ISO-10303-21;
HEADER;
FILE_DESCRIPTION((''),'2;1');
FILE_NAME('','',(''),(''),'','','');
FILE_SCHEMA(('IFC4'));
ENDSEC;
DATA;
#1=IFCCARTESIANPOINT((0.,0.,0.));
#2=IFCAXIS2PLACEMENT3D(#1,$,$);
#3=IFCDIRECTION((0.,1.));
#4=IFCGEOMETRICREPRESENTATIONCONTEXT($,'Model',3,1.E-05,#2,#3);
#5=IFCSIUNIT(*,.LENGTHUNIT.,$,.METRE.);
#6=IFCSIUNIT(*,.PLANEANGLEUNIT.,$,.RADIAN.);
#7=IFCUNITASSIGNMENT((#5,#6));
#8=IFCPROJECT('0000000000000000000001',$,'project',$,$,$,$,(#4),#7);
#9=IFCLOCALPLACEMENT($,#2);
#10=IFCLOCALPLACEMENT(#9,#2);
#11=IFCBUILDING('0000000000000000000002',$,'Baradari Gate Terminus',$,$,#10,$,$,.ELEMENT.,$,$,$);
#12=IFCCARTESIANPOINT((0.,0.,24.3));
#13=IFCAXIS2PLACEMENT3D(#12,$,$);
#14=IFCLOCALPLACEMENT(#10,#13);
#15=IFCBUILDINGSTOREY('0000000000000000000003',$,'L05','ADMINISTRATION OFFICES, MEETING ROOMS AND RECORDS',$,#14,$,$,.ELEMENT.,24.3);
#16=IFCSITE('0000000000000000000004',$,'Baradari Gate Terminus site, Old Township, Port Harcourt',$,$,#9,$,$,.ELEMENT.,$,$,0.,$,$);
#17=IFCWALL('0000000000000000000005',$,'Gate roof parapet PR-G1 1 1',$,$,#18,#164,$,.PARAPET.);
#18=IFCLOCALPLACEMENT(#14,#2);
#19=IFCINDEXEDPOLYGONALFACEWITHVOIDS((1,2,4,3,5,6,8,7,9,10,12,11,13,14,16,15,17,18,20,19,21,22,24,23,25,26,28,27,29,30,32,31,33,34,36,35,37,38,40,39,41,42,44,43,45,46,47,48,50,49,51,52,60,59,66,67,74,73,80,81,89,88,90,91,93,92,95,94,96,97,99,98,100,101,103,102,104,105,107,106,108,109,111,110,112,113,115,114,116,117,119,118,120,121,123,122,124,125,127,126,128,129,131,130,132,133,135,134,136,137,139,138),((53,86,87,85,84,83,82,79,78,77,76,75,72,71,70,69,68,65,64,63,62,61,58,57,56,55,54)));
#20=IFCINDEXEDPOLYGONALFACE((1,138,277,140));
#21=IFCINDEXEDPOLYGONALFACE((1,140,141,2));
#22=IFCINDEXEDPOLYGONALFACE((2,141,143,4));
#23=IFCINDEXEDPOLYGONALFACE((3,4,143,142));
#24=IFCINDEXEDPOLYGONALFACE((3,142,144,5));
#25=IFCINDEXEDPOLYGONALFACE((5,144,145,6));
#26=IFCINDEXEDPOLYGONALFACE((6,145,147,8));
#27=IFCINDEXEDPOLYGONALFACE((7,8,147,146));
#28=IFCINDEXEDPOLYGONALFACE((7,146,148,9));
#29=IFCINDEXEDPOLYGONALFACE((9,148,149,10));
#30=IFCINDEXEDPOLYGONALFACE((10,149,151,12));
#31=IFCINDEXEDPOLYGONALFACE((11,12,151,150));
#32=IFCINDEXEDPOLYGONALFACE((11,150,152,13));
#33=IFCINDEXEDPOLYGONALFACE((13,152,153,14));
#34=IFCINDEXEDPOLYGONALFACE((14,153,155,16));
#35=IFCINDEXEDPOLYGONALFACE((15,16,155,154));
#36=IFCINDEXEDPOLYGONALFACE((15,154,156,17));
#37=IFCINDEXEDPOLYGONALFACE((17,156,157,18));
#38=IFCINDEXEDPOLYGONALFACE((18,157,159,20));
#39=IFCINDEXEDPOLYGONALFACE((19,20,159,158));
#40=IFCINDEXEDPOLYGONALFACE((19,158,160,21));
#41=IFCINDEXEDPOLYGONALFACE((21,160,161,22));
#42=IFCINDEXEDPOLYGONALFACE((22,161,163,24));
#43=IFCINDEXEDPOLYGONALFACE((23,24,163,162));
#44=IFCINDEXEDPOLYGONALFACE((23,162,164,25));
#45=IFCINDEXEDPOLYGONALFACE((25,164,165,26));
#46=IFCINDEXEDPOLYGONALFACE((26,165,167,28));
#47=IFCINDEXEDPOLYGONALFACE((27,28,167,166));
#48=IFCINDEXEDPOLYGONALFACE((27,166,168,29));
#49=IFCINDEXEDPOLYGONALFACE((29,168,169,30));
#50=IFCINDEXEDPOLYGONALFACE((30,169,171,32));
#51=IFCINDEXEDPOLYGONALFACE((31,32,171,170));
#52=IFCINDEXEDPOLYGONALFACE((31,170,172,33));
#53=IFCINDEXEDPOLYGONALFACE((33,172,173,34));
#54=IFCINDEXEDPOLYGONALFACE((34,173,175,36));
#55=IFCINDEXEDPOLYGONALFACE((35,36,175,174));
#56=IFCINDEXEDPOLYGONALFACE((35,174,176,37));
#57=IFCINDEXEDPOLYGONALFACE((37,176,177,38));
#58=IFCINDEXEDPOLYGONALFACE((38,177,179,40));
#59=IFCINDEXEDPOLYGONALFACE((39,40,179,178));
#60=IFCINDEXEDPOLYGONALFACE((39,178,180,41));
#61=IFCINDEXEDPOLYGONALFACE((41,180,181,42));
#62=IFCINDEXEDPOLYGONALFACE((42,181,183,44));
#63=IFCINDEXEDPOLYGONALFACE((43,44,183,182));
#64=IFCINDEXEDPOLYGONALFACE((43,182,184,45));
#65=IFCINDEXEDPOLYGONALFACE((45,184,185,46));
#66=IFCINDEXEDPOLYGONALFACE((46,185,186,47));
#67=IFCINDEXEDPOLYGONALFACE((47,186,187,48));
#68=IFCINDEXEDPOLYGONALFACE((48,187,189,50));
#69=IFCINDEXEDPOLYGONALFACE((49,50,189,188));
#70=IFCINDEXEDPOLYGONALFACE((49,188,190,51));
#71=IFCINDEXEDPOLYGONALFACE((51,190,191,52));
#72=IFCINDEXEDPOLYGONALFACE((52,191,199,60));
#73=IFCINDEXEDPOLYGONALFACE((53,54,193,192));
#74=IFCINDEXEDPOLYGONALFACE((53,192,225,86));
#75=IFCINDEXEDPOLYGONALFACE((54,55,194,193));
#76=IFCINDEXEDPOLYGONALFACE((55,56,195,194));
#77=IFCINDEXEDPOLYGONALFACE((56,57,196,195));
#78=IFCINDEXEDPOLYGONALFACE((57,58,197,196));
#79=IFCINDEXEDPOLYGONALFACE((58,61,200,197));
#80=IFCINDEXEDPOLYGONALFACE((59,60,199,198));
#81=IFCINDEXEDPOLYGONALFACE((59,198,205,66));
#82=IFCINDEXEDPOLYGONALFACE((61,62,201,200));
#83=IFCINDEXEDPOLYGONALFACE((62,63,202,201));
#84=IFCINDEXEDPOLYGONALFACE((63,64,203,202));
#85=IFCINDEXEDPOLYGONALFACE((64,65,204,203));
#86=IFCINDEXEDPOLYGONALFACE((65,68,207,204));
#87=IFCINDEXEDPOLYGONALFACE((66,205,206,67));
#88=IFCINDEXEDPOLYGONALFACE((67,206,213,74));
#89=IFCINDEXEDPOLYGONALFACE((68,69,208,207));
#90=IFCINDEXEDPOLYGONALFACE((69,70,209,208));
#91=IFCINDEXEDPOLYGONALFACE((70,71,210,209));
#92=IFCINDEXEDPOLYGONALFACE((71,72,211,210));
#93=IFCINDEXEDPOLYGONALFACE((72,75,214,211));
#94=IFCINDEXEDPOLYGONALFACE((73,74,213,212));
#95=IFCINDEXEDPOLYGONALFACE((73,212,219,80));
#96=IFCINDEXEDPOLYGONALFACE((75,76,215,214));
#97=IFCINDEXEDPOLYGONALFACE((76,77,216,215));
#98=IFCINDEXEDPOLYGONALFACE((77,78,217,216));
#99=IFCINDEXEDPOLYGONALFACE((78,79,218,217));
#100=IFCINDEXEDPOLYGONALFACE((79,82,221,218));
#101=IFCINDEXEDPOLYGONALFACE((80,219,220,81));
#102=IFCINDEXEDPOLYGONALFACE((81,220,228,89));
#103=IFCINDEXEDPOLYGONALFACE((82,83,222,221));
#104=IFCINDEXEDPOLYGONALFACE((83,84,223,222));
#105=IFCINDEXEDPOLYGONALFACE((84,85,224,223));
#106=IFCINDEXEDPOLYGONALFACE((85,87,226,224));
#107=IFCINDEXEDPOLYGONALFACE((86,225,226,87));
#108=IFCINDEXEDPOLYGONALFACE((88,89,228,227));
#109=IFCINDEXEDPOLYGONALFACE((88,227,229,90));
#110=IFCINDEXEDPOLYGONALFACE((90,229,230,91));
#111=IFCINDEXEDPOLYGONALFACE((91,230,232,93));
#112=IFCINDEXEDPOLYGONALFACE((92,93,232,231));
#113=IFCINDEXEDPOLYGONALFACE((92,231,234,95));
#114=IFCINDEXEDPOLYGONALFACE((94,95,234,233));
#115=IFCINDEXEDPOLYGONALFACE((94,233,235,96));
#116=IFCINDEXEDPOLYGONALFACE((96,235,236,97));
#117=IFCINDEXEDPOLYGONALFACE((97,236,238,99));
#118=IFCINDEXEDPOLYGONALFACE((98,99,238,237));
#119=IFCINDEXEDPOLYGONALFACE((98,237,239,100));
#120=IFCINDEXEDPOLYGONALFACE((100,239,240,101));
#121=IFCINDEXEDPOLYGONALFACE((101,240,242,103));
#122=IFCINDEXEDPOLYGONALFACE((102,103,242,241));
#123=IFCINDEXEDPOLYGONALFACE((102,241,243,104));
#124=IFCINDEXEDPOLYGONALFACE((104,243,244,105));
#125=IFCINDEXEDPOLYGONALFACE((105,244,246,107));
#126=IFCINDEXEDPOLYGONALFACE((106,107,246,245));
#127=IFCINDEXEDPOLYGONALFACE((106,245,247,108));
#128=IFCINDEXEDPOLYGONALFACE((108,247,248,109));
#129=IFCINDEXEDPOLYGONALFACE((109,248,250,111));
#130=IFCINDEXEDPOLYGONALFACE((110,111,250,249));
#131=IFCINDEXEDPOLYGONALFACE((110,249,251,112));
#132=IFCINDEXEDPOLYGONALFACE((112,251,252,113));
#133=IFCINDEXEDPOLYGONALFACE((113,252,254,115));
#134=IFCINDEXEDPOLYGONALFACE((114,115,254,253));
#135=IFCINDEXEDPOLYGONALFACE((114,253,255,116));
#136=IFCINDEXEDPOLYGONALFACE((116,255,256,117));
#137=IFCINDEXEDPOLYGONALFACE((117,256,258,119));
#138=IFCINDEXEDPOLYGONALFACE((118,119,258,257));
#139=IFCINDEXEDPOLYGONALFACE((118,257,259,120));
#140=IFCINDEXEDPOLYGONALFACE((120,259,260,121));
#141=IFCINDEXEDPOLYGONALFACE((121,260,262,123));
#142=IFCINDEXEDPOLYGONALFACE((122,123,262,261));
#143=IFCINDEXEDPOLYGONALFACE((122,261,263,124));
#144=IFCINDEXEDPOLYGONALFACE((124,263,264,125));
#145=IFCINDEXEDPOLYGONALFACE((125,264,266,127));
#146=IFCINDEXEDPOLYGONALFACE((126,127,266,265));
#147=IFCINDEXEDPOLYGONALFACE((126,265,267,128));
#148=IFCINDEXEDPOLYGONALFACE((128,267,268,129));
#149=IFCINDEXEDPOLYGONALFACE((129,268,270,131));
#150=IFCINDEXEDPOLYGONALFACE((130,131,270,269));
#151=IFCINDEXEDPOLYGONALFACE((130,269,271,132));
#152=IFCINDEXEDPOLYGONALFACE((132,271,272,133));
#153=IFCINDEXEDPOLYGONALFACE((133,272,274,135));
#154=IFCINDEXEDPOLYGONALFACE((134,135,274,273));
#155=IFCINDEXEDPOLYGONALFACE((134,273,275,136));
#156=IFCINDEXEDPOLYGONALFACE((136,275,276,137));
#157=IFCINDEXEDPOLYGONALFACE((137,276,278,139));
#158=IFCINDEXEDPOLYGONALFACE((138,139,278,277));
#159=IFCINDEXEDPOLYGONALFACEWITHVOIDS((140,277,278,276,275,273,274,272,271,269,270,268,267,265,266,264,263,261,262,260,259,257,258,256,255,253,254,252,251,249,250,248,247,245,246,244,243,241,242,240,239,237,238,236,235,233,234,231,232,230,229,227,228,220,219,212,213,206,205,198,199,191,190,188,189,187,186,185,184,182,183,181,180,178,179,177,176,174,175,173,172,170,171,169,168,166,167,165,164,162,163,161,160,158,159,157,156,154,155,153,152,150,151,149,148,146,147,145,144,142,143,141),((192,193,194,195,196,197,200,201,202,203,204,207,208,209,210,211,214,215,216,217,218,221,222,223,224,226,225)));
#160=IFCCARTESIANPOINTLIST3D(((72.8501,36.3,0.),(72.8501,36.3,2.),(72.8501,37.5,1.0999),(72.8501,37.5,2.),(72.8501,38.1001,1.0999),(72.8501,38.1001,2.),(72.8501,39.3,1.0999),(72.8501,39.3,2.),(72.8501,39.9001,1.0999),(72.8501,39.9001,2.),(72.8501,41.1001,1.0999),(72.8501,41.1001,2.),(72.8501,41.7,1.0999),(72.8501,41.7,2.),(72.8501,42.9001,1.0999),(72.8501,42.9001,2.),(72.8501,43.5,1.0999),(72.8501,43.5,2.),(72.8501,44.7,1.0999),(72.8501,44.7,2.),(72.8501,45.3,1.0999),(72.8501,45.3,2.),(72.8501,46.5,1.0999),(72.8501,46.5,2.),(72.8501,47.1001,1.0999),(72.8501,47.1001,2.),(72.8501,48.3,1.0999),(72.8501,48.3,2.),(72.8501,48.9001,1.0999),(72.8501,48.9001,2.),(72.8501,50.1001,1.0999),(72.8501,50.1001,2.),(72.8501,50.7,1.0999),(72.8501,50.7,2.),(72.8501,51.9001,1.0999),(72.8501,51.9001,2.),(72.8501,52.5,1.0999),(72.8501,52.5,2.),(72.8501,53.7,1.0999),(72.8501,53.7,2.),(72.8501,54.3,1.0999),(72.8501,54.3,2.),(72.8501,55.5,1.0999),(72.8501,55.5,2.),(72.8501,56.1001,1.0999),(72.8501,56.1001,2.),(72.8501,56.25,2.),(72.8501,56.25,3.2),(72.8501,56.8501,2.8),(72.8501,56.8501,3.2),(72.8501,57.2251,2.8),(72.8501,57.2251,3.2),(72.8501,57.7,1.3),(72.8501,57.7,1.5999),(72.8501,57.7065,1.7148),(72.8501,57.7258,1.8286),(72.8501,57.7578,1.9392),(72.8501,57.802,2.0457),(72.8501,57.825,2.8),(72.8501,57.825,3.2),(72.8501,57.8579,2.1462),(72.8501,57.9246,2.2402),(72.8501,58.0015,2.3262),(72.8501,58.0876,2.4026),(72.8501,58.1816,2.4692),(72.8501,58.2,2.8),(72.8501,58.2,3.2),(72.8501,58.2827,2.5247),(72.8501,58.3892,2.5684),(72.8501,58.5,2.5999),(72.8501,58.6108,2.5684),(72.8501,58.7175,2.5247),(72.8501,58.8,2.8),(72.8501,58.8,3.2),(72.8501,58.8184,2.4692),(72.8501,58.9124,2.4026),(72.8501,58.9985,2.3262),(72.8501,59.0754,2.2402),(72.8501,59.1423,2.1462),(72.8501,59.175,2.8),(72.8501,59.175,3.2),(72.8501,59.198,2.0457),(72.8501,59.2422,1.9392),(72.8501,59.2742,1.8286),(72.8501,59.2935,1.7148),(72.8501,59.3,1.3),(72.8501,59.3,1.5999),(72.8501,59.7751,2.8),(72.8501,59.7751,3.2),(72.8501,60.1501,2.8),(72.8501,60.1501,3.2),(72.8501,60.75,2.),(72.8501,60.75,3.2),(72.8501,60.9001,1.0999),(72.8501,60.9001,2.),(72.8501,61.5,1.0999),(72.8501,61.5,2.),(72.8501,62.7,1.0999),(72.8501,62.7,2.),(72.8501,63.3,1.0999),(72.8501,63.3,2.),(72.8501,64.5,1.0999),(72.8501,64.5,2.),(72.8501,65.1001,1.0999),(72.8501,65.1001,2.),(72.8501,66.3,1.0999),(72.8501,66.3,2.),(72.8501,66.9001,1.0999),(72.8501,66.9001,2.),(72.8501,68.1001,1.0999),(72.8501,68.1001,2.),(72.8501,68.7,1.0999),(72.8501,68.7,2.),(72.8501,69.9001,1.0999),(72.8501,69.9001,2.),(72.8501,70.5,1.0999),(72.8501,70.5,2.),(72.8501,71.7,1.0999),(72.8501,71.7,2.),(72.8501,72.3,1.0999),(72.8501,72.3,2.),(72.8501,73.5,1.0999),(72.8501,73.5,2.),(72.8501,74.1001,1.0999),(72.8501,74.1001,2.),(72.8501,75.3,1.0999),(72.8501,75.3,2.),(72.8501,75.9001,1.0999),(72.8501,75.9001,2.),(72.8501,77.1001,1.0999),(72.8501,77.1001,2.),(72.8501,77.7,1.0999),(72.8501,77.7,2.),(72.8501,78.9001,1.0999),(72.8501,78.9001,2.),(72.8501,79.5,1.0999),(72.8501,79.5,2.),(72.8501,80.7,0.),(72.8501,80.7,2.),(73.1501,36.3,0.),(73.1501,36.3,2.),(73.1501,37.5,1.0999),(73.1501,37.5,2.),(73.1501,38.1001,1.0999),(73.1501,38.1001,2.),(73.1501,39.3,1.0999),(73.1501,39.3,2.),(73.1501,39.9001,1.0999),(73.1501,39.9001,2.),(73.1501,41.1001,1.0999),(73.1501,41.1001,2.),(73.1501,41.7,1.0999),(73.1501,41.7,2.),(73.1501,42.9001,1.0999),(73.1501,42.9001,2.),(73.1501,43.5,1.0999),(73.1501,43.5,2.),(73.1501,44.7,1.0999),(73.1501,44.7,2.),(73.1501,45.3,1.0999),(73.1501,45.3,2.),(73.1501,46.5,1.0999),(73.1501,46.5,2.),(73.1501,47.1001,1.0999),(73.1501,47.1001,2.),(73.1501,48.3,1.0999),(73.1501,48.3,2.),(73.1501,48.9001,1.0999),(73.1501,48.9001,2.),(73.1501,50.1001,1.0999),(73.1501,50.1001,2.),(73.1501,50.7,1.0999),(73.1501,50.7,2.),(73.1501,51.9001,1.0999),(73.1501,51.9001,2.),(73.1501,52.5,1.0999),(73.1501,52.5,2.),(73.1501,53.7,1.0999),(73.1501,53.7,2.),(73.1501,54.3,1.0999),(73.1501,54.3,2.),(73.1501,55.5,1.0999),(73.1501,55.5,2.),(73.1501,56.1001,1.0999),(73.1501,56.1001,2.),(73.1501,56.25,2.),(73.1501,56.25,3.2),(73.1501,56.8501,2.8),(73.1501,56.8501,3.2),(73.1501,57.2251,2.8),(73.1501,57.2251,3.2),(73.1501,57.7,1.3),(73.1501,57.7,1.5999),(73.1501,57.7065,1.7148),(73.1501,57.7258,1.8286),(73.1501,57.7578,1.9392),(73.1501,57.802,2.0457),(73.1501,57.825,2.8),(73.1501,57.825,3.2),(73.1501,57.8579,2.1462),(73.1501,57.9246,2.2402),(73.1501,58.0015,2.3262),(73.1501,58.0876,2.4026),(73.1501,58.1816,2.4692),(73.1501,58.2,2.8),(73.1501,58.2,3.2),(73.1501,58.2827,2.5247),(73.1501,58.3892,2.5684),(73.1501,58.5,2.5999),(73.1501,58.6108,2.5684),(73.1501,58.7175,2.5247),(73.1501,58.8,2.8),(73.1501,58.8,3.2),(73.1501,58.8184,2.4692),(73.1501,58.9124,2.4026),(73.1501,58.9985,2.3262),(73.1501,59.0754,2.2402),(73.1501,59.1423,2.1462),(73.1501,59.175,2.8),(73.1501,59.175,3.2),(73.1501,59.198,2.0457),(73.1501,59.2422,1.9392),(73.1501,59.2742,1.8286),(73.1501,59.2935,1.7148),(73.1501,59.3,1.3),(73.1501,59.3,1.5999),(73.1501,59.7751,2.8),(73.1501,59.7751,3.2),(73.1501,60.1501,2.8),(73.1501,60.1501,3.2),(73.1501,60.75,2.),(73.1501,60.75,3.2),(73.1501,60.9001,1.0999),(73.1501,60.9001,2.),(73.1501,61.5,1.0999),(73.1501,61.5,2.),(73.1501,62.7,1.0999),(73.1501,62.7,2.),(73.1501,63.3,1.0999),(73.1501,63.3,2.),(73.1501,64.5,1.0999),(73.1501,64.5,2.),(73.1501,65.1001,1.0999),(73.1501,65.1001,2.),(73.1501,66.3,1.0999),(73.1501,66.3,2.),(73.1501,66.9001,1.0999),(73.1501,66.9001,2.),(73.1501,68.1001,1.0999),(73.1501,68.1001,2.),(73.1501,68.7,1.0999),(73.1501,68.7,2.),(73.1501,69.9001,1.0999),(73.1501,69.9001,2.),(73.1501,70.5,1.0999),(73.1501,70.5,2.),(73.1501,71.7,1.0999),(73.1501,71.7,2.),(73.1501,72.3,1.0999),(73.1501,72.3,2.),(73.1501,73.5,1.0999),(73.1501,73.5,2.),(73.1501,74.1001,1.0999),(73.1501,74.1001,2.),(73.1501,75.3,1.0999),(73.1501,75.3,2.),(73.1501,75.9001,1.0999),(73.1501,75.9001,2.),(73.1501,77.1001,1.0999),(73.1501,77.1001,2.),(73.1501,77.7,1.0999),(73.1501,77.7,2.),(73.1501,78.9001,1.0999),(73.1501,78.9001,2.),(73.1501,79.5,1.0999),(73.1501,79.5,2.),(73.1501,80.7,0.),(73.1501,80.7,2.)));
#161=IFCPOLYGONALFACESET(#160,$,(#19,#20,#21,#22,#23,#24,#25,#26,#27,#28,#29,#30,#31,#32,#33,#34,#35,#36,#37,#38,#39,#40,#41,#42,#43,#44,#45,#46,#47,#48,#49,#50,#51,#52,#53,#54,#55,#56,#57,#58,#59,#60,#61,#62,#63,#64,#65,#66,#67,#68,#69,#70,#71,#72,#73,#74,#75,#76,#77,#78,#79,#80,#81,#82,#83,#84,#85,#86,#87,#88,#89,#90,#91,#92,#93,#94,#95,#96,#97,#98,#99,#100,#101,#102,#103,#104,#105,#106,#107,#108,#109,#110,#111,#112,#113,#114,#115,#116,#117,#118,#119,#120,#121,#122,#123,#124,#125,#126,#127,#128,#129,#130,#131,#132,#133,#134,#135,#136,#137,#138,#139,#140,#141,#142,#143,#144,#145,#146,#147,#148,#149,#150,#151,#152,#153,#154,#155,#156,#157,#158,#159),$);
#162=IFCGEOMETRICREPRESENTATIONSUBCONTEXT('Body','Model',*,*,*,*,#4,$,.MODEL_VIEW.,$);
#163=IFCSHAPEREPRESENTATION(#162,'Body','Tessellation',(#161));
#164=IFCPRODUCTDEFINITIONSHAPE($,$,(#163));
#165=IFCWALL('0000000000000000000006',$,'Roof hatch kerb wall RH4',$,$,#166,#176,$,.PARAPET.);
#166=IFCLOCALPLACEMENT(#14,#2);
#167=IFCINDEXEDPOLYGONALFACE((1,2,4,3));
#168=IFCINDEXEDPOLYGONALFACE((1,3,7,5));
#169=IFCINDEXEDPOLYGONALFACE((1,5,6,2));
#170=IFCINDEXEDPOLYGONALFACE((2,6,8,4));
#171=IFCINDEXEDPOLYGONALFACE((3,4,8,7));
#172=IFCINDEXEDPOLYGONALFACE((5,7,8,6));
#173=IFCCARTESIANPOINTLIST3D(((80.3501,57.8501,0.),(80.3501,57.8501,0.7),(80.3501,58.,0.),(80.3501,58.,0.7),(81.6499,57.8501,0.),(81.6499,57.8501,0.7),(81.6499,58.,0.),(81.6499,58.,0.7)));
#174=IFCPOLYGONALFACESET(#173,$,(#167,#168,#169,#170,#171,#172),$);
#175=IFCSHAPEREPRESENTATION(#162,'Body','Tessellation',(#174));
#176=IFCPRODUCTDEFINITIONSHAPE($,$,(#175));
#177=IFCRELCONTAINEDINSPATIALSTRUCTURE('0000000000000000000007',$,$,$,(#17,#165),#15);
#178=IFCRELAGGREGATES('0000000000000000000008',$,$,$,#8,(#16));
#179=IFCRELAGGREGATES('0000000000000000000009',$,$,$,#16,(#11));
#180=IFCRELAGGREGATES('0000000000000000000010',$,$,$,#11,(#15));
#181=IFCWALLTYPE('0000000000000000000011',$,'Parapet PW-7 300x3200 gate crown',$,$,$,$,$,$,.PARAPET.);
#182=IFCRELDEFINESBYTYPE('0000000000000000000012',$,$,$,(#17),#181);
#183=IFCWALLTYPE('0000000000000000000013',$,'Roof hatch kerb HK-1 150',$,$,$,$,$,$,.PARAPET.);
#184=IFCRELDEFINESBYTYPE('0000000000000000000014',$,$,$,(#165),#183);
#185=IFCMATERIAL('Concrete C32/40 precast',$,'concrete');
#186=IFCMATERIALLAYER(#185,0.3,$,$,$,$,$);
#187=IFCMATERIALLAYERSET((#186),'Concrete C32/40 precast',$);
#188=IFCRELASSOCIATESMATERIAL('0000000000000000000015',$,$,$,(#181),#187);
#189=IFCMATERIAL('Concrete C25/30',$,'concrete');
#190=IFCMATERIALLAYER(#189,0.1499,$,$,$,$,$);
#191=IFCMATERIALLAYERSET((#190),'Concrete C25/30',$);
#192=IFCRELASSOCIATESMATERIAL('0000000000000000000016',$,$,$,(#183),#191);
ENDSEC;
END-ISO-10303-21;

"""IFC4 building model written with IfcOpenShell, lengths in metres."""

from ifc_helpers import new_model, si_unit, direction, frame, frame_2d, origin, place, context, subcontext, project, spatial, polyline, rectangle, outline, extrude, material, layer, layer_set, type_object, element, save


model = new_model("IFC4")

# Units and contexts
model_context = context("Model", 3, precision=1e-05, world=origin(), true_north=direction((0.0, 1.0)))
body_context = subcontext(model_context, "Body", "Model", "MODEL_VIEW")
ifc_project = project(units=[si_unit("LENGTHUNIT", "METRE"), si_unit("PLANEANGLEUNIT", "RADIAN")], contexts=[model_context])

# Site, building, storey
site_placement = place(None, origin())
site = spatial("IfcSite", under=ifc_project, at=site_placement, Name="Baradari Gate Terminus site, Old Township, Port Harcourt", CompositionType="ELEMENT", RefElevation=0.0)
building_placement = place(site_placement, origin())
building = spatial("IfcBuilding", under=site, at=building_placement, Name="Baradari Gate Terminus", CompositionType="ELEMENT")
storey_placement = place(building_placement, frame((0.0, 0.0, 24.3)))
storey = spatial("IfcBuildingStorey", under=building, at=storey_placement, Name="L05", Description="ADMINISTRATION OFFICES, MEETING ROOMS AND RECORDS", CompositionType="ELEMENT", Elevation=24.3)

# Walls
ifc_material_1 = material(Name="Concrete C32/40 precast", Category="concrete")
ifc_layer_1 = layer(ifc_material_1, 0.3)
ifc_layer_set_1 = layer_set([ifc_layer_1], Name="Concrete C32/40 precast")
wall_type_1 = type_object("IfcWallType", Name="Parapet PW-7 300x3200 gate crown", PredefinedType="PARAPET", material=ifc_layer_set_1)
wall_1_placement = place(storey_placement, frame((73.0, 36.3, 0.0), z_axis=(0.0, 0.0, 1.0), x_axis=(0.0, 1.0, 0.0)))
element("IfcWall", 1, at=wall_1_placement, inside=storey, type_object=wall_type_1, Name="Gate roof parapet PR-G1 1 1", PredefinedType="PARAPET", context=body_context, shape_type="SweptSolid", body=[
    extrude(outline(polyline([(12.0, 2.0), (10.8, 2.0), (10.8, 1.0999), (10.2, 1.0999), (10.2, 2.0), (9.0, 2.0), (9.0, 1.0999), (8.3999, 1.0999), (8.3999, 2.0), (7.2, 2.0), (7.2, 1.0999), (6.6001, 1.0999), (6.6001, 2.0), (5.3999, 2.0), (5.3999, 1.0999), (4.8, 1.0999), (4.8, 2.0), (3.6001, 2.0), (3.6001, 1.0999), (3.0, 1.0999), (3.0, 2.0), (1.8, 2.0), (1.8, 1.0999), (1.2, 1.0999), (1.2, 2.0), (0.0, 2.0), (0.0, 0.0), (44.3999, 0.0), (44.3999, 2.0), (43.2, 2.0), (43.2, 1.0999), (42.6001, 1.0999), (42.6001, 2.0), (41.3999, 2.0), (41.3999, 1.0999), (40.8, 1.0999), (40.8, 2.0), (39.6001, 2.0), (39.6001, 1.0999), (39.0, 1.0999), (39.0, 2.0), (37.8, 2.0), (37.8, 1.0999), (37.2, 1.0999), (37.2, 2.0), (36.0, 2.0), (36.0, 1.0999), (35.3999, 1.0999), (35.3999, 2.0), (34.2, 2.0), (34.2, 1.0999), (33.6001, 1.0999), (33.6001, 2.0), (32.3999, 2.0), (32.3999, 1.0999), (31.8, 1.0999), (31.8, 2.0), (30.6001, 2.0), (30.6001, 1.0999), (30.0, 1.0999), (30.0, 2.0), (28.8, 2.0), (28.8, 1.0999), (28.2, 1.0999), (28.2, 2.0), (27.0, 2.0), (27.0, 1.0999), (26.3999, 1.0999), (26.3999, 2.0), (25.2, 2.0), (25.2, 1.0999), (24.6001, 1.0999), (24.6001, 2.0), (24.45, 2.0), (24.45, 3.2), (23.8501, 3.2), (23.8501, 2.8), (23.4751, 2.8), (23.4751, 3.2), (22.875, 3.2), (22.875, 2.8), (22.5, 2.8), (22.5, 3.2), (21.8999, 3.2), (21.8999, 2.8), (21.5249, 2.8), (21.5249, 3.2), (20.925, 3.2), (20.925, 2.8), (20.55, 2.8), (20.55, 3.2), (19.95, 3.2), (19.95, 2.0), (19.8, 2.0), (19.8, 1.0999), (19.2, 1.0999), (19.2, 2.0), (18.0, 2.0), (18.0, 1.0999), (17.3999, 1.0999), (17.3999, 2.0), (16.2, 2.0), (16.2, 1.0999), (15.6001, 1.0999), (15.6001, 2.0), (14.3999, 2.0), (14.3999, 1.0999), (13.8, 1.0999), (13.8, 2.0), (12.6001, 2.0), (12.6001, 1.0999), (12.0, 1.0999), (12.0, 2.0)]), holes=[polyline([(21.3999, 1.3), (21.3999, 1.5999), (21.4065, 1.7148), (21.4258, 1.8286), (21.4578, 1.9392), (21.502, 2.0457), (21.5579, 2.1462), (21.6245, 2.2402), (21.7014, 2.3262), (21.7876, 2.4026), (21.8816, 2.4692), (21.9827, 2.5247), (22.0891, 2.5684), (22.2, 2.5999), (22.3108, 2.5684), (22.4175, 2.5247), (22.5183, 2.4692), (22.6123, 2.4026), (22.6985, 2.3262), (22.7754, 2.2402), (22.8423, 2.1462), (22.8979, 2.0457), (22.9421, 1.9392), (22.9741, 1.8286), (22.9934, 1.7148), (23.0, 1.5999), (23.0, 1.3), (21.3999, 1.3)])]), frame((0.0, 0.1499, 0.0), z_axis=(0.0, -1.0, 0.0), x_axis=(1.0, 0.0, 0.0)), (0.0, 0.0, 1.0), 0.3),
])
ifc_material_2 = material(Name="Concrete C25/30", Category="concrete")
ifc_layer_2 = layer(ifc_material_2, 0.1499)
ifc_layer_set_2 = layer_set([ifc_layer_2], Name="Concrete C25/30")
wall_type_2 = type_object("IfcWallType", Name="Roof hatch kerb HK-1 150", PredefinedType="PARAPET", material=ifc_layer_set_2)
wall_2_placement = place(storey_placement, frame((80.3501, 57.925, 0.0), z_axis=(0.0, 0.0, 1.0), x_axis=(1.0, 0.0, 0.0)))
element("IfcWall", 2, at=wall_2_placement, inside=storey, type_object=wall_type_2, Name="Roof hatch kerb wall RH4", PredefinedType="PARAPET", context=body_context, shape_type="SweptSolid", body=[
    extrude(rectangle(XDim=1.2998, YDim=0.1499, at=frame_2d((0.6499, 0.0))), origin(), (0.0, 0.0, 1.0), 0.7),
])

save(model, "model.ifc")
